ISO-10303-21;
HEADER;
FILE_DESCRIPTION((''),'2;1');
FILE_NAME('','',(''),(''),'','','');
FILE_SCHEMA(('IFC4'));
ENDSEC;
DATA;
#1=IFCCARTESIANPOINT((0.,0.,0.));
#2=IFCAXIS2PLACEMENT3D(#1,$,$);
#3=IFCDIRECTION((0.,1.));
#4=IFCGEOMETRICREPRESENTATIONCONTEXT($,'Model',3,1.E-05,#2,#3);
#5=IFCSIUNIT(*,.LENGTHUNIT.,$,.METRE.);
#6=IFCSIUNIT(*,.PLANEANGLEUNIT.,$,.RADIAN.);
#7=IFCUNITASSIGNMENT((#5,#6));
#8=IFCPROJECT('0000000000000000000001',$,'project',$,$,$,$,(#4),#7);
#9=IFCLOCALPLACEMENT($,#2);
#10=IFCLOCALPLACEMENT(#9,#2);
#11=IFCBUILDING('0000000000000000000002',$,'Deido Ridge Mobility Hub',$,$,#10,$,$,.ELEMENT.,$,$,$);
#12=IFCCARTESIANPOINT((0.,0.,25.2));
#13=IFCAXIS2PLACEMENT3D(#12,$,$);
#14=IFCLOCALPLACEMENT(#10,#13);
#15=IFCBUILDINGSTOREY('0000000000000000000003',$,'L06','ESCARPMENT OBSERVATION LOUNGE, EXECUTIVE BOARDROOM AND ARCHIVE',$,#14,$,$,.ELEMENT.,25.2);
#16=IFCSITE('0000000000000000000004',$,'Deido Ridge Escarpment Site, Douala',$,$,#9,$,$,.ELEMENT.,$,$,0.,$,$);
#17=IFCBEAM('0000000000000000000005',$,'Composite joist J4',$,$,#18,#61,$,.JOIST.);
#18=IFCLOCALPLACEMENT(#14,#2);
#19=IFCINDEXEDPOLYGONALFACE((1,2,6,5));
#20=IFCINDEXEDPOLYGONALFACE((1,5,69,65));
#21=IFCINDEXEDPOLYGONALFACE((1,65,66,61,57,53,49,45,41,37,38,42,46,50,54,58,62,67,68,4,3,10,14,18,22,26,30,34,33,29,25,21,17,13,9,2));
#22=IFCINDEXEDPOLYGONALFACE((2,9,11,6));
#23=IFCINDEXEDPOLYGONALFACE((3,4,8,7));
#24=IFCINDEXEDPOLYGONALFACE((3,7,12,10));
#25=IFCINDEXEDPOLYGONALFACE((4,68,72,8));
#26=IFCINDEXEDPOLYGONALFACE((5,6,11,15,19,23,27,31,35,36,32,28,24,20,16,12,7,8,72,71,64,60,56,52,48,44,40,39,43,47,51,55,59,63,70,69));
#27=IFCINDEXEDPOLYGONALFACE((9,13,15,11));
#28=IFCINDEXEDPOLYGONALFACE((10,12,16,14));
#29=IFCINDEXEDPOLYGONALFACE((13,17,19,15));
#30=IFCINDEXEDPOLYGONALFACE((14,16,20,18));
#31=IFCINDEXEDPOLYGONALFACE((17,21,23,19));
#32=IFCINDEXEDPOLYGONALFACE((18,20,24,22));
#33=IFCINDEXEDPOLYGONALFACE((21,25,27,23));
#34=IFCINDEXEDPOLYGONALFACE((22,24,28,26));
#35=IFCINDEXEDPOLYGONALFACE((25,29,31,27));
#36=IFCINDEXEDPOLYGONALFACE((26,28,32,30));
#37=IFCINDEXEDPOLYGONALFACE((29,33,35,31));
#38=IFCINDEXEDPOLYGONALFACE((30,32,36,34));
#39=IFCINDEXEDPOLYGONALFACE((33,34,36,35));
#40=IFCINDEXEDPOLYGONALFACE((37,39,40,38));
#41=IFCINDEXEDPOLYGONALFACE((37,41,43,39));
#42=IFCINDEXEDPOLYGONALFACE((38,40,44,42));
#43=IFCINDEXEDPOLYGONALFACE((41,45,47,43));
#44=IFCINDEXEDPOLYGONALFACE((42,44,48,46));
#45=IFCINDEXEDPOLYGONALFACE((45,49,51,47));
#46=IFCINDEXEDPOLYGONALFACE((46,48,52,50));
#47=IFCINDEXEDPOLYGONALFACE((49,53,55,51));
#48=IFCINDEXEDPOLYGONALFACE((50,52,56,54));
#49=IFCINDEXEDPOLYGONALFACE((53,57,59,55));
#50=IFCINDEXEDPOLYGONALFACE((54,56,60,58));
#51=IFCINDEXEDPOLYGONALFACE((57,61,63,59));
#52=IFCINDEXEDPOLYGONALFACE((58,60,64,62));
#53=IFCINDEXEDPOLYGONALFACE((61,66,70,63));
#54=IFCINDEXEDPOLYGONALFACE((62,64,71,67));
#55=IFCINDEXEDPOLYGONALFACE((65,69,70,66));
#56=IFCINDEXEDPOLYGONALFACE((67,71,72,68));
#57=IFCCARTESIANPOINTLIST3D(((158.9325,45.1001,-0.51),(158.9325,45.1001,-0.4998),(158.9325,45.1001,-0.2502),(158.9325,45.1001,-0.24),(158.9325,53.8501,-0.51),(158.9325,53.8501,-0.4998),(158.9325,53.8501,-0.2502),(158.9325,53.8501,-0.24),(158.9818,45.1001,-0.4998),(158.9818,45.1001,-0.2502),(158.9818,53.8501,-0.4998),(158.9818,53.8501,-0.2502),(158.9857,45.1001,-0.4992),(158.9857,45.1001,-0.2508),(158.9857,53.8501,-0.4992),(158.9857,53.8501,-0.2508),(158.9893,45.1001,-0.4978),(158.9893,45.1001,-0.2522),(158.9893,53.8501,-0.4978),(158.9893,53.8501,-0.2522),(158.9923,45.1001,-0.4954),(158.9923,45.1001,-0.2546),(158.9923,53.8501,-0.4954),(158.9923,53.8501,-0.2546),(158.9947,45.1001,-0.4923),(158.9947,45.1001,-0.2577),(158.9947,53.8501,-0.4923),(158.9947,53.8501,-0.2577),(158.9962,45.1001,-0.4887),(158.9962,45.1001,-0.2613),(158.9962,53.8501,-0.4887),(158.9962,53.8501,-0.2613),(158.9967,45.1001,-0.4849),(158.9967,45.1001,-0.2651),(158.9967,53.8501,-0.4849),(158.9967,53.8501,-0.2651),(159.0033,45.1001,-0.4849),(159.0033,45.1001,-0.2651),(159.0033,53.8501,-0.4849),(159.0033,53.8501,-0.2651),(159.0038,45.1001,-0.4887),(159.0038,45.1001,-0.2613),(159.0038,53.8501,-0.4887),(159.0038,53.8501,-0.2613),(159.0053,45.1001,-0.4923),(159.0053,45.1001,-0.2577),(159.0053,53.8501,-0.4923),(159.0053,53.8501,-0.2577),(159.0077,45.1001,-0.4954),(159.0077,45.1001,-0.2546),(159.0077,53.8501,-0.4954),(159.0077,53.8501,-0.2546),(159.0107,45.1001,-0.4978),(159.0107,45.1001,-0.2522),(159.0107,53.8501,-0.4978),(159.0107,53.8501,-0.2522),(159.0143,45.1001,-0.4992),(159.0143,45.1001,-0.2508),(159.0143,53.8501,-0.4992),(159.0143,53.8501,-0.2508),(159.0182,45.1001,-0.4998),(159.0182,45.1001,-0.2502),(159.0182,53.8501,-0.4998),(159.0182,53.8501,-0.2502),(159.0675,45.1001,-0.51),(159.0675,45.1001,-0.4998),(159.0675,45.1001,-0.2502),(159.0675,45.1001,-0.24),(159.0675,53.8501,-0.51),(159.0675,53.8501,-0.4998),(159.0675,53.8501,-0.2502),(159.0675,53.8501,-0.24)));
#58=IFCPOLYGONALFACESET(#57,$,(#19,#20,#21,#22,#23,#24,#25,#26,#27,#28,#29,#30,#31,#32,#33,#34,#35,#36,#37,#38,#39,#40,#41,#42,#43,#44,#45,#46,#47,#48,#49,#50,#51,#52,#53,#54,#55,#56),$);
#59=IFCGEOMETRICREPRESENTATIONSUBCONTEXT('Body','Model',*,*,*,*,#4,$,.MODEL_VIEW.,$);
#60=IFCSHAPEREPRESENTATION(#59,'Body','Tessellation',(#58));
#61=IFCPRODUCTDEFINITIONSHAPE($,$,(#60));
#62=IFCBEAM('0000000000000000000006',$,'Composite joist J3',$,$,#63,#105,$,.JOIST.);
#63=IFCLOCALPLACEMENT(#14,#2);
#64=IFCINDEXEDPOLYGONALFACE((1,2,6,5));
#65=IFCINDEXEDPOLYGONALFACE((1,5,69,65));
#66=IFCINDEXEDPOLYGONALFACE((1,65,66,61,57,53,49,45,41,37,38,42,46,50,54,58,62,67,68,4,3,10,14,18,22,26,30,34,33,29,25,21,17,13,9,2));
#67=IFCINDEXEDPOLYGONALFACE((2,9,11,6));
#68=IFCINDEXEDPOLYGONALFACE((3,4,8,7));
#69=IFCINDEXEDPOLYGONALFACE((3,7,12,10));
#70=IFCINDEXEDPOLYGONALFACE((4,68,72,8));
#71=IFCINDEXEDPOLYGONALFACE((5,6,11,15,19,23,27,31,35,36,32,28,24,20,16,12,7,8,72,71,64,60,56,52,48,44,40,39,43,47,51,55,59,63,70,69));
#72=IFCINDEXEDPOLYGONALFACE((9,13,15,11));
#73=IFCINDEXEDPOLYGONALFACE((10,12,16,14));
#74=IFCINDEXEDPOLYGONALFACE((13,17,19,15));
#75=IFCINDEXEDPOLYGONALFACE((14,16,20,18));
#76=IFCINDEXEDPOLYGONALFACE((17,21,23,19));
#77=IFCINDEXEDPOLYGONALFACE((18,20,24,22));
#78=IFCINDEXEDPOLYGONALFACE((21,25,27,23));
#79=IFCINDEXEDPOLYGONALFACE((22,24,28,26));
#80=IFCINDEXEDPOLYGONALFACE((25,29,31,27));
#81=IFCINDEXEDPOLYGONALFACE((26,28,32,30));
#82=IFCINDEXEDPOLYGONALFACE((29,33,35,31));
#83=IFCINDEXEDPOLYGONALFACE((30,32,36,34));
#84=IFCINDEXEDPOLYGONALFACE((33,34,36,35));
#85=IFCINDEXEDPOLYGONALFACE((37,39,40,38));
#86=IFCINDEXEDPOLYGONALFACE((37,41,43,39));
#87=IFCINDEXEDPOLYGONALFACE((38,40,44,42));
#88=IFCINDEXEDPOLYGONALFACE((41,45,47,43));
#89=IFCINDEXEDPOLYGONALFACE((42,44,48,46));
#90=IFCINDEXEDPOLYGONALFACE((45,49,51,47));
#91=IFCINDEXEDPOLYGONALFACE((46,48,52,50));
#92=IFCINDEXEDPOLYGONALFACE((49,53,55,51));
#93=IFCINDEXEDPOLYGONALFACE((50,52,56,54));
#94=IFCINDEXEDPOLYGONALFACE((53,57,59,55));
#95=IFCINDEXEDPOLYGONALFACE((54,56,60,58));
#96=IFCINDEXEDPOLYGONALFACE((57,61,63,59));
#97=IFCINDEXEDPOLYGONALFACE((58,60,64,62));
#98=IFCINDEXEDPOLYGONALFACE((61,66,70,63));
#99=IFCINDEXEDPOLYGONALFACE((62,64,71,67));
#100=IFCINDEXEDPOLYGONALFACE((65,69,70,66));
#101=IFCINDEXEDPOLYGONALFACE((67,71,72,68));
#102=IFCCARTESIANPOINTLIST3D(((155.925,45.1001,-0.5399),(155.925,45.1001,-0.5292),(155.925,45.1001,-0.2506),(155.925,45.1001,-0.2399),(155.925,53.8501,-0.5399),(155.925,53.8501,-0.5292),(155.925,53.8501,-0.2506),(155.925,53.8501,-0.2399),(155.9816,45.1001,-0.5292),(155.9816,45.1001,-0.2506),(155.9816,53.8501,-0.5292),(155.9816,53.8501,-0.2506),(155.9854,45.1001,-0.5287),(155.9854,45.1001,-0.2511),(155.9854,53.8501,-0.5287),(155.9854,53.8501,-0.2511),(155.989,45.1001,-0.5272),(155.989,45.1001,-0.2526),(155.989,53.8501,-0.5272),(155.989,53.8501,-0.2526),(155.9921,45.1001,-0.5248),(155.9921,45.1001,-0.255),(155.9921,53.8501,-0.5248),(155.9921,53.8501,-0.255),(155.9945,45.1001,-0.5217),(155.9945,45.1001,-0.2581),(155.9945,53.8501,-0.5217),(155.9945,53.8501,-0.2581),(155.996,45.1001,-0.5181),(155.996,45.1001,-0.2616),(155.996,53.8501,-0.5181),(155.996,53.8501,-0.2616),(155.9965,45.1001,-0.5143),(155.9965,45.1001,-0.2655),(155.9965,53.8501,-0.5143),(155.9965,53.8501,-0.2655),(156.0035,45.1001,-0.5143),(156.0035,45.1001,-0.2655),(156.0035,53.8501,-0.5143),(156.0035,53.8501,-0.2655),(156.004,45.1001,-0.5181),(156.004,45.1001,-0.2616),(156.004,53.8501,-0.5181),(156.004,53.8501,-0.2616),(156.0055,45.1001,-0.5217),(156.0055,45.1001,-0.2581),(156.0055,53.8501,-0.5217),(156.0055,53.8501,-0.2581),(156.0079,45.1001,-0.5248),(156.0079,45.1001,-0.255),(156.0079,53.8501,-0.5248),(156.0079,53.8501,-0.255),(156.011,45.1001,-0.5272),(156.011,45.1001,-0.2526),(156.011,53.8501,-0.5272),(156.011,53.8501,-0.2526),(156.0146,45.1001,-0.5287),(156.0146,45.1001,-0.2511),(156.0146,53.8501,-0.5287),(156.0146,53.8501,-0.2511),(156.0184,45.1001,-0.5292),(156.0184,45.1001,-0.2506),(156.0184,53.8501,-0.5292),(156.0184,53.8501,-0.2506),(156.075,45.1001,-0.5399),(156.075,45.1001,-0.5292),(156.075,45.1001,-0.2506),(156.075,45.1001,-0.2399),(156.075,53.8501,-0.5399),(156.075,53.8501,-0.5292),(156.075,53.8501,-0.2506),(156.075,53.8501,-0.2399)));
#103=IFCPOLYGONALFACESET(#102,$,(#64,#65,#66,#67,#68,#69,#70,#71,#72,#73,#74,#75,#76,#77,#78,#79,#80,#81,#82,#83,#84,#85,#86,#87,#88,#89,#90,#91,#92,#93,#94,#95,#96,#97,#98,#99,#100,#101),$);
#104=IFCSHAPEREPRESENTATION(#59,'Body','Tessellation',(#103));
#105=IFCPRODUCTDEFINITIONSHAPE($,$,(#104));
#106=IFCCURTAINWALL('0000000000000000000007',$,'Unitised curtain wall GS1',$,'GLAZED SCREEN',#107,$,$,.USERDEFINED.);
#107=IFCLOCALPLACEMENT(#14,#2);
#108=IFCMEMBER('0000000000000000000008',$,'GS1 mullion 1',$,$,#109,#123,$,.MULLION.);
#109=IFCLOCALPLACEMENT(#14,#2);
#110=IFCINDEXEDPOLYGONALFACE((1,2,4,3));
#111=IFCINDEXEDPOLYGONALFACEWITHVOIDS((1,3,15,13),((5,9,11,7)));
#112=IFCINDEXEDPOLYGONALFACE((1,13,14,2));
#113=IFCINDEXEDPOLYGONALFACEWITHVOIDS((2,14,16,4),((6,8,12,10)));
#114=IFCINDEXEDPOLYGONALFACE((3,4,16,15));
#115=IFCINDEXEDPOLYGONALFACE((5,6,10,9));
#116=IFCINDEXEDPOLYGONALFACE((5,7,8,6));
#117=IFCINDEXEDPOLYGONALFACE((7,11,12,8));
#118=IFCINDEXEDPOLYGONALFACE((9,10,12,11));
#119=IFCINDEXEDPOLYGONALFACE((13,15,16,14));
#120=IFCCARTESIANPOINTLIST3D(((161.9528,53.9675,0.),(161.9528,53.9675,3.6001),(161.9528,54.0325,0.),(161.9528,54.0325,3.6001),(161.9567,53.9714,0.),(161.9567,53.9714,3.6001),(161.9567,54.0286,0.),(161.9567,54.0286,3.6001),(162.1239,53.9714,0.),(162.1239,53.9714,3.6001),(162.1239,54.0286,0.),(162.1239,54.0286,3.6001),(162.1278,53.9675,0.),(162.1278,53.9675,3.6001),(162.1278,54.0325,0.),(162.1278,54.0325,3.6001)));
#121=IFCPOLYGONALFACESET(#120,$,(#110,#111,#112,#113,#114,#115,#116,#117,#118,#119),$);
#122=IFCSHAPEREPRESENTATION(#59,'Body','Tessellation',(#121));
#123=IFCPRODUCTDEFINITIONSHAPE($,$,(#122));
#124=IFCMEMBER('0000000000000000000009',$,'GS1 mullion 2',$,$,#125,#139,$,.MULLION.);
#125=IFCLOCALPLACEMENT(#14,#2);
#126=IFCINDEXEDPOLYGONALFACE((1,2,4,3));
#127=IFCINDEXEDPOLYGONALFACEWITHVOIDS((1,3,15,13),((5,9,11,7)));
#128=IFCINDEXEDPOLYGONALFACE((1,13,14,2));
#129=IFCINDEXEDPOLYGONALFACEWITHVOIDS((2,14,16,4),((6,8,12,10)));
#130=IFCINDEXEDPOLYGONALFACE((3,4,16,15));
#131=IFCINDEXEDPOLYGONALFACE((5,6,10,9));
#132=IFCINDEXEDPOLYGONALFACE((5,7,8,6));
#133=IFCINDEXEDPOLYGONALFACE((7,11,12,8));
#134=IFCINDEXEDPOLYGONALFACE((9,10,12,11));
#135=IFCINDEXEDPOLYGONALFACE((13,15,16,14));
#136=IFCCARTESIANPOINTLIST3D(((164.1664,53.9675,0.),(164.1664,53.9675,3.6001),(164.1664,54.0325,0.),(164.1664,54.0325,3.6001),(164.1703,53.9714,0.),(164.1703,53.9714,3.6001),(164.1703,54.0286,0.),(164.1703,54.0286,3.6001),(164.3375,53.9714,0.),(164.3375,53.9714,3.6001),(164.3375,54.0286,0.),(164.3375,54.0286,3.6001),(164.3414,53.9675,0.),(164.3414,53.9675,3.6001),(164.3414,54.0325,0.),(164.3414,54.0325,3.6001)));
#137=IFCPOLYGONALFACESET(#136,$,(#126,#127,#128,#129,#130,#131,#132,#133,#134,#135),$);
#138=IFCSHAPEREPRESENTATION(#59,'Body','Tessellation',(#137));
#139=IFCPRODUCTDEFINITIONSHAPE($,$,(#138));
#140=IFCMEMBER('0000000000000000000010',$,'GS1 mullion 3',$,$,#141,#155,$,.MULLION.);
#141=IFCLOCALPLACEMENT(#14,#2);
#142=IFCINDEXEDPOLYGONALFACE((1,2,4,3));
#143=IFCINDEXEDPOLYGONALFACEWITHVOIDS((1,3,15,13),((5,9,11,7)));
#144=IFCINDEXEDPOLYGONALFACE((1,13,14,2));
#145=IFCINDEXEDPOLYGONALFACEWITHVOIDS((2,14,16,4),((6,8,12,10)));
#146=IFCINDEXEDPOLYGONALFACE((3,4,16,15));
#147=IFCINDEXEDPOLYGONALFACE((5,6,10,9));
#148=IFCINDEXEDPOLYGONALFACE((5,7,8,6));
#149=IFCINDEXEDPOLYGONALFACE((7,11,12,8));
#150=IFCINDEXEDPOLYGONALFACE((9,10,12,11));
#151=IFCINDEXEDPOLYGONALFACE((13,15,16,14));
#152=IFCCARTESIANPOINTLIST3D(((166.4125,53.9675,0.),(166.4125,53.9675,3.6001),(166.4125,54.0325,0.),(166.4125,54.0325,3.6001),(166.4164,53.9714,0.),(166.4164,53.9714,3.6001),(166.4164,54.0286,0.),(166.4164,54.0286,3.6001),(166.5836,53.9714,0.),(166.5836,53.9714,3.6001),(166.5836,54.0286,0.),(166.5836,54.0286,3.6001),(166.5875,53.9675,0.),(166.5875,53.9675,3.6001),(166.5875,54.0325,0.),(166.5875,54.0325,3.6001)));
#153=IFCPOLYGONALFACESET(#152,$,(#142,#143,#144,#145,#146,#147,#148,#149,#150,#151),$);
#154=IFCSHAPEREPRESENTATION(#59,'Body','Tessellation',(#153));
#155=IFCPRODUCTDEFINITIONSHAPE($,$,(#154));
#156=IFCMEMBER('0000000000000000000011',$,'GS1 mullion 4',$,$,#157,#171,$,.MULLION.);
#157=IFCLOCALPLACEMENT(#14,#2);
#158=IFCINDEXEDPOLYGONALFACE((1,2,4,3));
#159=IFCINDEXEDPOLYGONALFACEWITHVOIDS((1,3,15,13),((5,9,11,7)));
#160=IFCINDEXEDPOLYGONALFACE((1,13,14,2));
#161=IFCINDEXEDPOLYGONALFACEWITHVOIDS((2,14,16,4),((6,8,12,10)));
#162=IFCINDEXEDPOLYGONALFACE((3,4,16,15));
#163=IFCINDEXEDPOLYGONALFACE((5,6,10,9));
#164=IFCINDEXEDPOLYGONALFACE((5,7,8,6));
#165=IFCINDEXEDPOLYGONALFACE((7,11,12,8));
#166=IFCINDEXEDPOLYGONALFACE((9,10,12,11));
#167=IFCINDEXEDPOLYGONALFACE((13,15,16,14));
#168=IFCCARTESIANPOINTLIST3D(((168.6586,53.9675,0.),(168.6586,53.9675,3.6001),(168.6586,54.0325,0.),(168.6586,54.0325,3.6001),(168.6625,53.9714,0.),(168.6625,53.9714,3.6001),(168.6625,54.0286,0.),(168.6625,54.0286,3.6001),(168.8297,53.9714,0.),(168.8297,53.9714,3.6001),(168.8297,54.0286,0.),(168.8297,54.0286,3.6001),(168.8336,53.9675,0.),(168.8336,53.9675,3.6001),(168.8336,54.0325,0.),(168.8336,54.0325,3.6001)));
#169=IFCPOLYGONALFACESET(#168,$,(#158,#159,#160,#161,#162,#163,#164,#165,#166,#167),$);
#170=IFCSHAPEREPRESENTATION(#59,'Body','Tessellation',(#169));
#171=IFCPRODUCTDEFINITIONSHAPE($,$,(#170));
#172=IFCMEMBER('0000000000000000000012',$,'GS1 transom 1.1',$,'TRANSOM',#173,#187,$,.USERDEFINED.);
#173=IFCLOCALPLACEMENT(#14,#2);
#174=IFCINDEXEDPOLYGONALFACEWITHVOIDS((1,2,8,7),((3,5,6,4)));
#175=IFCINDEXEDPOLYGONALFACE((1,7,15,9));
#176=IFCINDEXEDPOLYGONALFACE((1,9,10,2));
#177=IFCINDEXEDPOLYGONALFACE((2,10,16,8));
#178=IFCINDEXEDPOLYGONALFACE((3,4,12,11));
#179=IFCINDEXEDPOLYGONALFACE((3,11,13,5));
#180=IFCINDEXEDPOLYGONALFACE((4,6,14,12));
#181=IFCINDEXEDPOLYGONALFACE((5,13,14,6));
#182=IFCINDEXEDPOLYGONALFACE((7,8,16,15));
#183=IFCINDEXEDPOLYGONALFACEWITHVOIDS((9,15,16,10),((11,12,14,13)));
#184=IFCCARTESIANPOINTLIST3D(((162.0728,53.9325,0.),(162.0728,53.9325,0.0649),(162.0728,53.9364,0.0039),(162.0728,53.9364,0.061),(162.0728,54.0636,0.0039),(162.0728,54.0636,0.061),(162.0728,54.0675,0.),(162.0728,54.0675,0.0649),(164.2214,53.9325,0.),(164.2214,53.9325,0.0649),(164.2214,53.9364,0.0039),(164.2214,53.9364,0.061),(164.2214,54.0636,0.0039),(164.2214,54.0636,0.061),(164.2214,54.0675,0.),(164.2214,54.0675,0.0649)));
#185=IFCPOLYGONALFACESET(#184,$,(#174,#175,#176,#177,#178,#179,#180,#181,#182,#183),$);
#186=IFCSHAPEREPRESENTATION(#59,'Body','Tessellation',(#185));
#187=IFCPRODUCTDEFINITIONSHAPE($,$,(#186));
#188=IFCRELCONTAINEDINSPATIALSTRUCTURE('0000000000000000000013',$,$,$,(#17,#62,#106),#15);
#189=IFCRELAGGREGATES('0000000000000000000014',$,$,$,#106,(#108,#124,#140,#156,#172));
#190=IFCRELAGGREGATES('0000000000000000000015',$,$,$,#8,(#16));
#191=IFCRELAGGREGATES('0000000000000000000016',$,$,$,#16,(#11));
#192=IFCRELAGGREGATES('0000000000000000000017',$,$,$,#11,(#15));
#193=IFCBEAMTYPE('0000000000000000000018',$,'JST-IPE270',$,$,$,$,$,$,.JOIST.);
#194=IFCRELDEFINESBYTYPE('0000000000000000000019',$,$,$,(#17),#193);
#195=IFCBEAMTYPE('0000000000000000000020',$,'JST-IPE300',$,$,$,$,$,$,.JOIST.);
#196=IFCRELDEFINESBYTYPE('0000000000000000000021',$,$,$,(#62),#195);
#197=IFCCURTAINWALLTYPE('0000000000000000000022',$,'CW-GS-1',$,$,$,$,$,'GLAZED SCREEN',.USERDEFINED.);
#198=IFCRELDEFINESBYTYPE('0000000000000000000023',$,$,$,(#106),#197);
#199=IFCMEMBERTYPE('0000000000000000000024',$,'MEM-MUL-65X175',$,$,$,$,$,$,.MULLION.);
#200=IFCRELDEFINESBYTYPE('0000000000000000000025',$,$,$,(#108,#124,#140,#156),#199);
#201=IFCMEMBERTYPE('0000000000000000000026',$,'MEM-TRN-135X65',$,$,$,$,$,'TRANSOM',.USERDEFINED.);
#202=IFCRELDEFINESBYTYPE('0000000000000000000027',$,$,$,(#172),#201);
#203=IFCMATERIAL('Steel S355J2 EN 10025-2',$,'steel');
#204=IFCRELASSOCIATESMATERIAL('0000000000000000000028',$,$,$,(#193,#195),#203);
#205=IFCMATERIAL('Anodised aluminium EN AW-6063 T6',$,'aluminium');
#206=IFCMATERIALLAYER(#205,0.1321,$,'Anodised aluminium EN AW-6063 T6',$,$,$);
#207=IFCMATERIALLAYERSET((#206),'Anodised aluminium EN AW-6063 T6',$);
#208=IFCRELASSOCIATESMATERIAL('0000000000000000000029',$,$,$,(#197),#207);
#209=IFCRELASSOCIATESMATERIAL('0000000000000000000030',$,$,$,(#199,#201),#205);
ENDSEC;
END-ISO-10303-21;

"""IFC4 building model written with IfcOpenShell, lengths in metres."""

from ifc_helpers import new_model, si_unit, direction, frame, origin, origin_2d, place, context, subcontext, project, spatial, hollow_rectangle, i_section, extrude, material, layer, layer_set, material_profile, profile_set, type_object, element, aggregate, save


model = new_model("IFC4")

# Units and contexts
model_context = context("Model", 3, precision=1e-05, world=origin(), true_north=direction((0.0, 1.0)))
body_context = subcontext(model_context, "Body", "Model", "MODEL_VIEW")
ifc_project = project(units=[si_unit("LENGTHUNIT", "METRE"), si_unit("PLANEANGLEUNIT", "RADIAN")], contexts=[model_context])

# Site, building, storey
site_placement = place(None, origin())
site = spatial("IfcSite", under=ifc_project, at=site_placement, Name="Deido Ridge Escarpment Site, Douala", CompositionType="ELEMENT", RefElevation=0.0)
building_placement = place(site_placement, origin())
building = spatial("IfcBuilding", under=site, at=building_placement, Name="Deido Ridge Mobility Hub", CompositionType="ELEMENT")
storey_placement = place(building_placement, frame((0.0, 0.0, 25.2)))
storey = spatial("IfcBuildingStorey", under=building, at=storey_placement, Name="L06", Description="ESCARPMENT OBSERVATION LOUNGE, EXECUTIVE BOARDROOM AND ARCHIVE", CompositionType="ELEMENT", Elevation=25.2)

# Shared definitions
ifc_material_1 = material(Name="Steel S355J2 EN 10025-2", Category="steel")

# Beams
ifc_material_profile_1 = material_profile(ifc_material_1, i_section(OverallWidth=0.135, OverallDepth=0.27, WebThickness=0.0066, FlangeThickness=0.0103, FilletRadius=0.0149, at=origin_2d()), Name="IPE 270")
ifc_profile_set_1 = profile_set([ifc_material_profile_1], Name="Steel S355J2 EN 10025-2")
beam_type_1 = type_object("IfcBeamType", Name="JST-IPE270", PredefinedType="JOIST", material=ifc_profile_set_1)
beam_1_placement = place(storey_placement, frame((159.0, 45.1001, -0.375), z_axis=(0.0, 1.0, 0.0), x_axis=(-1.0, 0.0, 0.0)))
element("IfcBeam", 1, at=beam_1_placement, inside=storey, type_object=beam_type_1, Name="Composite joist J4", PredefinedType="JOIST", context=body_context, shape_type="SweptSolid", body=[
    extrude(i_section(OverallWidth=0.135, OverallDepth=0.27, WebThickness=0.0066, FlangeThickness=0.0103, FilletRadius=0.0149, at=origin_2d()), origin(), (0.0, 0.0, 1.0), 8.75),
])
ifc_material_profile_2 = material_profile(ifc_material_1, i_section(OverallWidth=0.1499, OverallDepth=0.3, WebThickness=0.0071, FlangeThickness=0.0107, FilletRadius=0.0149, at=origin_2d()), Name="IPE 300")
ifc_profile_set_2 = profile_set([ifc_material_profile_2], Name="Steel S355J2 EN 10025-2")
beam_type_2 = type_object("IfcBeamType", Name="JST-IPE300", PredefinedType="JOIST", material=ifc_profile_set_2)
beam_2_placement = place(storey_placement, frame((156.0, 45.1001, -0.3899), z_axis=(0.0, 1.0, 0.0), x_axis=(-1.0, 0.0, 0.0)))
element("IfcBeam", 2, at=beam_2_placement, inside=storey, type_object=beam_type_2, Name="Composite joist J3", PredefinedType="JOIST", context=body_context, shape_type="SweptSolid", body=[
    extrude(i_section(OverallWidth=0.1499, OverallDepth=0.3, WebThickness=0.0071, FlangeThickness=0.0107, FilletRadius=0.0149, at=origin_2d()), origin(), (0.0, 0.0, 1.0), 8.75),
])

# Curtain wall, members
ifc_material_2 = material(Name="Anodised aluminium EN AW-6063 T6", Category="aluminium")
ifc_layer_1 = layer(ifc_material_2, 0.1321, Name="Anodised aluminium EN AW-6063 T6")
ifc_layer_set_1 = layer_set([ifc_layer_1], Name="Anodised aluminium EN AW-6063 T6")
curtain_wall_type = type_object("IfcCurtainWallType", Name="CW-GS-1", ElementType="GLAZED SCREEN", PredefinedType="USERDEFINED", material=ifc_layer_set_1)
curtain_wall_placement = place(storey_placement, origin())
curtain_wall = element("IfcCurtainWall", 3, at=curtain_wall_placement, inside=storey, type_object=curtain_wall_type, Name="Unitised curtain wall GS1", ObjectType="GLAZED SCREEN", PredefinedType="USERDEFINED")
ifc_material_profile_3 = material_profile(ifc_material_2, hollow_rectangle(XDim=0.0649, YDim=0.175, WallThickness=0.0039, at=origin_2d()), Name="RHS 65x175x4")
ifc_profile_set_3 = profile_set([ifc_material_profile_3], Name="Anodised aluminium EN AW-6063 T6")
member_type_1 = type_object("IfcMemberType", Name="MEM-MUL-65X175", PredefinedType="MULLION", material=ifc_profile_set_3)
member_1_placement = place(storey_placement, frame((162.0403, 54.0, 0.0), z_axis=(0.0, 0.0, 1.0), x_axis=(0.0, 1.0, 0.0)))
member_1 = element("IfcMember", 4, at=member_1_placement, type_object=member_type_1, Name="GS1 mullion 1", PredefinedType="MULLION", context=body_context, shape_type="SweptSolid", body=[
    extrude(hollow_rectangle(XDim=0.0649, YDim=0.175, WallThickness=0.0039, at=origin_2d()), origin(), (0.0, 0.0, 1.0), 3.6001),
])
member_2_placement = place(storey_placement, frame((164.2539, 54.0, 0.0), z_axis=(0.0, 0.0, 1.0), x_axis=(0.0, 1.0, 0.0)))
member_2 = element("IfcMember", 5, at=member_2_placement, type_object=member_type_1, Name="GS1 mullion 2", PredefinedType="MULLION", context=body_context, shape_type="SweptSolid", body=[
    extrude(hollow_rectangle(XDim=0.0649, YDim=0.175, WallThickness=0.0039, at=origin_2d()), origin(), (0.0, 0.0, 1.0), 3.6001),
])
member_3_placement = place(storey_placement, frame((166.5, 54.0, 0.0), z_axis=(0.0, 0.0, 1.0), x_axis=(0.0, 1.0, 0.0)))
member_3 = element("IfcMember", 6, at=member_3_placement, type_object=member_type_1, Name="GS1 mullion 3", PredefinedType="MULLION", context=body_context, shape_type="SweptSolid", body=[
    extrude(hollow_rectangle(XDim=0.0649, YDim=0.175, WallThickness=0.0039, at=origin_2d()), origin(), (0.0, 0.0, 1.0), 3.6001),
])
member_4_placement = place(storey_placement, frame((168.7461, 54.0, 0.0), z_axis=(0.0, 0.0, 1.0), x_axis=(0.0, 1.0, 0.0)))
member_4 = element("IfcMember", 7, at=member_4_placement, type_object=member_type_1, Name="GS1 mullion 4", PredefinedType="MULLION", context=body_context, shape_type="SweptSolid", body=[
    extrude(hollow_rectangle(XDim=0.0649, YDim=0.175, WallThickness=0.0039, at=origin_2d()), origin(), (0.0, 0.0, 1.0), 3.6001),
])
ifc_material_profile_4 = material_profile(ifc_material_2, hollow_rectangle(XDim=0.135, YDim=0.0649, WallThickness=0.0039, at=origin_2d()), Name="RHS 135x65x4")
ifc_profile_set_4 = profile_set([ifc_material_profile_4], Name="Anodised aluminium EN AW-6063 T6")
member_type_2 = type_object("IfcMemberType", Name="MEM-TRN-135X65", ElementType="TRANSOM", PredefinedType="USERDEFINED", material=ifc_profile_set_4)
member_5_placement = place(storey_placement, frame((162.0728, 54.0, 0.0325), z_axis=(1.0, 0.0, 0.0), x_axis=(0.0, 1.0, 0.0)))
member_5 = element("IfcMember", 8, at=member_5_placement, type_object=member_type_2, Name="GS1 transom 1.1", ObjectType="TRANSOM", PredefinedType="USERDEFINED", context=body_context, shape_type="SweptSolid", body=[
    extrude(hollow_rectangle(XDim=0.135, YDim=0.0649, WallThickness=0.0039, at=origin_2d()), origin(), (0.0, 0.0, 1.0), 2.1487),
])

aggregate(curtain_wall, [member_1, member_2, member_3, member_4, member_5])

save(model, "model.ifc")
